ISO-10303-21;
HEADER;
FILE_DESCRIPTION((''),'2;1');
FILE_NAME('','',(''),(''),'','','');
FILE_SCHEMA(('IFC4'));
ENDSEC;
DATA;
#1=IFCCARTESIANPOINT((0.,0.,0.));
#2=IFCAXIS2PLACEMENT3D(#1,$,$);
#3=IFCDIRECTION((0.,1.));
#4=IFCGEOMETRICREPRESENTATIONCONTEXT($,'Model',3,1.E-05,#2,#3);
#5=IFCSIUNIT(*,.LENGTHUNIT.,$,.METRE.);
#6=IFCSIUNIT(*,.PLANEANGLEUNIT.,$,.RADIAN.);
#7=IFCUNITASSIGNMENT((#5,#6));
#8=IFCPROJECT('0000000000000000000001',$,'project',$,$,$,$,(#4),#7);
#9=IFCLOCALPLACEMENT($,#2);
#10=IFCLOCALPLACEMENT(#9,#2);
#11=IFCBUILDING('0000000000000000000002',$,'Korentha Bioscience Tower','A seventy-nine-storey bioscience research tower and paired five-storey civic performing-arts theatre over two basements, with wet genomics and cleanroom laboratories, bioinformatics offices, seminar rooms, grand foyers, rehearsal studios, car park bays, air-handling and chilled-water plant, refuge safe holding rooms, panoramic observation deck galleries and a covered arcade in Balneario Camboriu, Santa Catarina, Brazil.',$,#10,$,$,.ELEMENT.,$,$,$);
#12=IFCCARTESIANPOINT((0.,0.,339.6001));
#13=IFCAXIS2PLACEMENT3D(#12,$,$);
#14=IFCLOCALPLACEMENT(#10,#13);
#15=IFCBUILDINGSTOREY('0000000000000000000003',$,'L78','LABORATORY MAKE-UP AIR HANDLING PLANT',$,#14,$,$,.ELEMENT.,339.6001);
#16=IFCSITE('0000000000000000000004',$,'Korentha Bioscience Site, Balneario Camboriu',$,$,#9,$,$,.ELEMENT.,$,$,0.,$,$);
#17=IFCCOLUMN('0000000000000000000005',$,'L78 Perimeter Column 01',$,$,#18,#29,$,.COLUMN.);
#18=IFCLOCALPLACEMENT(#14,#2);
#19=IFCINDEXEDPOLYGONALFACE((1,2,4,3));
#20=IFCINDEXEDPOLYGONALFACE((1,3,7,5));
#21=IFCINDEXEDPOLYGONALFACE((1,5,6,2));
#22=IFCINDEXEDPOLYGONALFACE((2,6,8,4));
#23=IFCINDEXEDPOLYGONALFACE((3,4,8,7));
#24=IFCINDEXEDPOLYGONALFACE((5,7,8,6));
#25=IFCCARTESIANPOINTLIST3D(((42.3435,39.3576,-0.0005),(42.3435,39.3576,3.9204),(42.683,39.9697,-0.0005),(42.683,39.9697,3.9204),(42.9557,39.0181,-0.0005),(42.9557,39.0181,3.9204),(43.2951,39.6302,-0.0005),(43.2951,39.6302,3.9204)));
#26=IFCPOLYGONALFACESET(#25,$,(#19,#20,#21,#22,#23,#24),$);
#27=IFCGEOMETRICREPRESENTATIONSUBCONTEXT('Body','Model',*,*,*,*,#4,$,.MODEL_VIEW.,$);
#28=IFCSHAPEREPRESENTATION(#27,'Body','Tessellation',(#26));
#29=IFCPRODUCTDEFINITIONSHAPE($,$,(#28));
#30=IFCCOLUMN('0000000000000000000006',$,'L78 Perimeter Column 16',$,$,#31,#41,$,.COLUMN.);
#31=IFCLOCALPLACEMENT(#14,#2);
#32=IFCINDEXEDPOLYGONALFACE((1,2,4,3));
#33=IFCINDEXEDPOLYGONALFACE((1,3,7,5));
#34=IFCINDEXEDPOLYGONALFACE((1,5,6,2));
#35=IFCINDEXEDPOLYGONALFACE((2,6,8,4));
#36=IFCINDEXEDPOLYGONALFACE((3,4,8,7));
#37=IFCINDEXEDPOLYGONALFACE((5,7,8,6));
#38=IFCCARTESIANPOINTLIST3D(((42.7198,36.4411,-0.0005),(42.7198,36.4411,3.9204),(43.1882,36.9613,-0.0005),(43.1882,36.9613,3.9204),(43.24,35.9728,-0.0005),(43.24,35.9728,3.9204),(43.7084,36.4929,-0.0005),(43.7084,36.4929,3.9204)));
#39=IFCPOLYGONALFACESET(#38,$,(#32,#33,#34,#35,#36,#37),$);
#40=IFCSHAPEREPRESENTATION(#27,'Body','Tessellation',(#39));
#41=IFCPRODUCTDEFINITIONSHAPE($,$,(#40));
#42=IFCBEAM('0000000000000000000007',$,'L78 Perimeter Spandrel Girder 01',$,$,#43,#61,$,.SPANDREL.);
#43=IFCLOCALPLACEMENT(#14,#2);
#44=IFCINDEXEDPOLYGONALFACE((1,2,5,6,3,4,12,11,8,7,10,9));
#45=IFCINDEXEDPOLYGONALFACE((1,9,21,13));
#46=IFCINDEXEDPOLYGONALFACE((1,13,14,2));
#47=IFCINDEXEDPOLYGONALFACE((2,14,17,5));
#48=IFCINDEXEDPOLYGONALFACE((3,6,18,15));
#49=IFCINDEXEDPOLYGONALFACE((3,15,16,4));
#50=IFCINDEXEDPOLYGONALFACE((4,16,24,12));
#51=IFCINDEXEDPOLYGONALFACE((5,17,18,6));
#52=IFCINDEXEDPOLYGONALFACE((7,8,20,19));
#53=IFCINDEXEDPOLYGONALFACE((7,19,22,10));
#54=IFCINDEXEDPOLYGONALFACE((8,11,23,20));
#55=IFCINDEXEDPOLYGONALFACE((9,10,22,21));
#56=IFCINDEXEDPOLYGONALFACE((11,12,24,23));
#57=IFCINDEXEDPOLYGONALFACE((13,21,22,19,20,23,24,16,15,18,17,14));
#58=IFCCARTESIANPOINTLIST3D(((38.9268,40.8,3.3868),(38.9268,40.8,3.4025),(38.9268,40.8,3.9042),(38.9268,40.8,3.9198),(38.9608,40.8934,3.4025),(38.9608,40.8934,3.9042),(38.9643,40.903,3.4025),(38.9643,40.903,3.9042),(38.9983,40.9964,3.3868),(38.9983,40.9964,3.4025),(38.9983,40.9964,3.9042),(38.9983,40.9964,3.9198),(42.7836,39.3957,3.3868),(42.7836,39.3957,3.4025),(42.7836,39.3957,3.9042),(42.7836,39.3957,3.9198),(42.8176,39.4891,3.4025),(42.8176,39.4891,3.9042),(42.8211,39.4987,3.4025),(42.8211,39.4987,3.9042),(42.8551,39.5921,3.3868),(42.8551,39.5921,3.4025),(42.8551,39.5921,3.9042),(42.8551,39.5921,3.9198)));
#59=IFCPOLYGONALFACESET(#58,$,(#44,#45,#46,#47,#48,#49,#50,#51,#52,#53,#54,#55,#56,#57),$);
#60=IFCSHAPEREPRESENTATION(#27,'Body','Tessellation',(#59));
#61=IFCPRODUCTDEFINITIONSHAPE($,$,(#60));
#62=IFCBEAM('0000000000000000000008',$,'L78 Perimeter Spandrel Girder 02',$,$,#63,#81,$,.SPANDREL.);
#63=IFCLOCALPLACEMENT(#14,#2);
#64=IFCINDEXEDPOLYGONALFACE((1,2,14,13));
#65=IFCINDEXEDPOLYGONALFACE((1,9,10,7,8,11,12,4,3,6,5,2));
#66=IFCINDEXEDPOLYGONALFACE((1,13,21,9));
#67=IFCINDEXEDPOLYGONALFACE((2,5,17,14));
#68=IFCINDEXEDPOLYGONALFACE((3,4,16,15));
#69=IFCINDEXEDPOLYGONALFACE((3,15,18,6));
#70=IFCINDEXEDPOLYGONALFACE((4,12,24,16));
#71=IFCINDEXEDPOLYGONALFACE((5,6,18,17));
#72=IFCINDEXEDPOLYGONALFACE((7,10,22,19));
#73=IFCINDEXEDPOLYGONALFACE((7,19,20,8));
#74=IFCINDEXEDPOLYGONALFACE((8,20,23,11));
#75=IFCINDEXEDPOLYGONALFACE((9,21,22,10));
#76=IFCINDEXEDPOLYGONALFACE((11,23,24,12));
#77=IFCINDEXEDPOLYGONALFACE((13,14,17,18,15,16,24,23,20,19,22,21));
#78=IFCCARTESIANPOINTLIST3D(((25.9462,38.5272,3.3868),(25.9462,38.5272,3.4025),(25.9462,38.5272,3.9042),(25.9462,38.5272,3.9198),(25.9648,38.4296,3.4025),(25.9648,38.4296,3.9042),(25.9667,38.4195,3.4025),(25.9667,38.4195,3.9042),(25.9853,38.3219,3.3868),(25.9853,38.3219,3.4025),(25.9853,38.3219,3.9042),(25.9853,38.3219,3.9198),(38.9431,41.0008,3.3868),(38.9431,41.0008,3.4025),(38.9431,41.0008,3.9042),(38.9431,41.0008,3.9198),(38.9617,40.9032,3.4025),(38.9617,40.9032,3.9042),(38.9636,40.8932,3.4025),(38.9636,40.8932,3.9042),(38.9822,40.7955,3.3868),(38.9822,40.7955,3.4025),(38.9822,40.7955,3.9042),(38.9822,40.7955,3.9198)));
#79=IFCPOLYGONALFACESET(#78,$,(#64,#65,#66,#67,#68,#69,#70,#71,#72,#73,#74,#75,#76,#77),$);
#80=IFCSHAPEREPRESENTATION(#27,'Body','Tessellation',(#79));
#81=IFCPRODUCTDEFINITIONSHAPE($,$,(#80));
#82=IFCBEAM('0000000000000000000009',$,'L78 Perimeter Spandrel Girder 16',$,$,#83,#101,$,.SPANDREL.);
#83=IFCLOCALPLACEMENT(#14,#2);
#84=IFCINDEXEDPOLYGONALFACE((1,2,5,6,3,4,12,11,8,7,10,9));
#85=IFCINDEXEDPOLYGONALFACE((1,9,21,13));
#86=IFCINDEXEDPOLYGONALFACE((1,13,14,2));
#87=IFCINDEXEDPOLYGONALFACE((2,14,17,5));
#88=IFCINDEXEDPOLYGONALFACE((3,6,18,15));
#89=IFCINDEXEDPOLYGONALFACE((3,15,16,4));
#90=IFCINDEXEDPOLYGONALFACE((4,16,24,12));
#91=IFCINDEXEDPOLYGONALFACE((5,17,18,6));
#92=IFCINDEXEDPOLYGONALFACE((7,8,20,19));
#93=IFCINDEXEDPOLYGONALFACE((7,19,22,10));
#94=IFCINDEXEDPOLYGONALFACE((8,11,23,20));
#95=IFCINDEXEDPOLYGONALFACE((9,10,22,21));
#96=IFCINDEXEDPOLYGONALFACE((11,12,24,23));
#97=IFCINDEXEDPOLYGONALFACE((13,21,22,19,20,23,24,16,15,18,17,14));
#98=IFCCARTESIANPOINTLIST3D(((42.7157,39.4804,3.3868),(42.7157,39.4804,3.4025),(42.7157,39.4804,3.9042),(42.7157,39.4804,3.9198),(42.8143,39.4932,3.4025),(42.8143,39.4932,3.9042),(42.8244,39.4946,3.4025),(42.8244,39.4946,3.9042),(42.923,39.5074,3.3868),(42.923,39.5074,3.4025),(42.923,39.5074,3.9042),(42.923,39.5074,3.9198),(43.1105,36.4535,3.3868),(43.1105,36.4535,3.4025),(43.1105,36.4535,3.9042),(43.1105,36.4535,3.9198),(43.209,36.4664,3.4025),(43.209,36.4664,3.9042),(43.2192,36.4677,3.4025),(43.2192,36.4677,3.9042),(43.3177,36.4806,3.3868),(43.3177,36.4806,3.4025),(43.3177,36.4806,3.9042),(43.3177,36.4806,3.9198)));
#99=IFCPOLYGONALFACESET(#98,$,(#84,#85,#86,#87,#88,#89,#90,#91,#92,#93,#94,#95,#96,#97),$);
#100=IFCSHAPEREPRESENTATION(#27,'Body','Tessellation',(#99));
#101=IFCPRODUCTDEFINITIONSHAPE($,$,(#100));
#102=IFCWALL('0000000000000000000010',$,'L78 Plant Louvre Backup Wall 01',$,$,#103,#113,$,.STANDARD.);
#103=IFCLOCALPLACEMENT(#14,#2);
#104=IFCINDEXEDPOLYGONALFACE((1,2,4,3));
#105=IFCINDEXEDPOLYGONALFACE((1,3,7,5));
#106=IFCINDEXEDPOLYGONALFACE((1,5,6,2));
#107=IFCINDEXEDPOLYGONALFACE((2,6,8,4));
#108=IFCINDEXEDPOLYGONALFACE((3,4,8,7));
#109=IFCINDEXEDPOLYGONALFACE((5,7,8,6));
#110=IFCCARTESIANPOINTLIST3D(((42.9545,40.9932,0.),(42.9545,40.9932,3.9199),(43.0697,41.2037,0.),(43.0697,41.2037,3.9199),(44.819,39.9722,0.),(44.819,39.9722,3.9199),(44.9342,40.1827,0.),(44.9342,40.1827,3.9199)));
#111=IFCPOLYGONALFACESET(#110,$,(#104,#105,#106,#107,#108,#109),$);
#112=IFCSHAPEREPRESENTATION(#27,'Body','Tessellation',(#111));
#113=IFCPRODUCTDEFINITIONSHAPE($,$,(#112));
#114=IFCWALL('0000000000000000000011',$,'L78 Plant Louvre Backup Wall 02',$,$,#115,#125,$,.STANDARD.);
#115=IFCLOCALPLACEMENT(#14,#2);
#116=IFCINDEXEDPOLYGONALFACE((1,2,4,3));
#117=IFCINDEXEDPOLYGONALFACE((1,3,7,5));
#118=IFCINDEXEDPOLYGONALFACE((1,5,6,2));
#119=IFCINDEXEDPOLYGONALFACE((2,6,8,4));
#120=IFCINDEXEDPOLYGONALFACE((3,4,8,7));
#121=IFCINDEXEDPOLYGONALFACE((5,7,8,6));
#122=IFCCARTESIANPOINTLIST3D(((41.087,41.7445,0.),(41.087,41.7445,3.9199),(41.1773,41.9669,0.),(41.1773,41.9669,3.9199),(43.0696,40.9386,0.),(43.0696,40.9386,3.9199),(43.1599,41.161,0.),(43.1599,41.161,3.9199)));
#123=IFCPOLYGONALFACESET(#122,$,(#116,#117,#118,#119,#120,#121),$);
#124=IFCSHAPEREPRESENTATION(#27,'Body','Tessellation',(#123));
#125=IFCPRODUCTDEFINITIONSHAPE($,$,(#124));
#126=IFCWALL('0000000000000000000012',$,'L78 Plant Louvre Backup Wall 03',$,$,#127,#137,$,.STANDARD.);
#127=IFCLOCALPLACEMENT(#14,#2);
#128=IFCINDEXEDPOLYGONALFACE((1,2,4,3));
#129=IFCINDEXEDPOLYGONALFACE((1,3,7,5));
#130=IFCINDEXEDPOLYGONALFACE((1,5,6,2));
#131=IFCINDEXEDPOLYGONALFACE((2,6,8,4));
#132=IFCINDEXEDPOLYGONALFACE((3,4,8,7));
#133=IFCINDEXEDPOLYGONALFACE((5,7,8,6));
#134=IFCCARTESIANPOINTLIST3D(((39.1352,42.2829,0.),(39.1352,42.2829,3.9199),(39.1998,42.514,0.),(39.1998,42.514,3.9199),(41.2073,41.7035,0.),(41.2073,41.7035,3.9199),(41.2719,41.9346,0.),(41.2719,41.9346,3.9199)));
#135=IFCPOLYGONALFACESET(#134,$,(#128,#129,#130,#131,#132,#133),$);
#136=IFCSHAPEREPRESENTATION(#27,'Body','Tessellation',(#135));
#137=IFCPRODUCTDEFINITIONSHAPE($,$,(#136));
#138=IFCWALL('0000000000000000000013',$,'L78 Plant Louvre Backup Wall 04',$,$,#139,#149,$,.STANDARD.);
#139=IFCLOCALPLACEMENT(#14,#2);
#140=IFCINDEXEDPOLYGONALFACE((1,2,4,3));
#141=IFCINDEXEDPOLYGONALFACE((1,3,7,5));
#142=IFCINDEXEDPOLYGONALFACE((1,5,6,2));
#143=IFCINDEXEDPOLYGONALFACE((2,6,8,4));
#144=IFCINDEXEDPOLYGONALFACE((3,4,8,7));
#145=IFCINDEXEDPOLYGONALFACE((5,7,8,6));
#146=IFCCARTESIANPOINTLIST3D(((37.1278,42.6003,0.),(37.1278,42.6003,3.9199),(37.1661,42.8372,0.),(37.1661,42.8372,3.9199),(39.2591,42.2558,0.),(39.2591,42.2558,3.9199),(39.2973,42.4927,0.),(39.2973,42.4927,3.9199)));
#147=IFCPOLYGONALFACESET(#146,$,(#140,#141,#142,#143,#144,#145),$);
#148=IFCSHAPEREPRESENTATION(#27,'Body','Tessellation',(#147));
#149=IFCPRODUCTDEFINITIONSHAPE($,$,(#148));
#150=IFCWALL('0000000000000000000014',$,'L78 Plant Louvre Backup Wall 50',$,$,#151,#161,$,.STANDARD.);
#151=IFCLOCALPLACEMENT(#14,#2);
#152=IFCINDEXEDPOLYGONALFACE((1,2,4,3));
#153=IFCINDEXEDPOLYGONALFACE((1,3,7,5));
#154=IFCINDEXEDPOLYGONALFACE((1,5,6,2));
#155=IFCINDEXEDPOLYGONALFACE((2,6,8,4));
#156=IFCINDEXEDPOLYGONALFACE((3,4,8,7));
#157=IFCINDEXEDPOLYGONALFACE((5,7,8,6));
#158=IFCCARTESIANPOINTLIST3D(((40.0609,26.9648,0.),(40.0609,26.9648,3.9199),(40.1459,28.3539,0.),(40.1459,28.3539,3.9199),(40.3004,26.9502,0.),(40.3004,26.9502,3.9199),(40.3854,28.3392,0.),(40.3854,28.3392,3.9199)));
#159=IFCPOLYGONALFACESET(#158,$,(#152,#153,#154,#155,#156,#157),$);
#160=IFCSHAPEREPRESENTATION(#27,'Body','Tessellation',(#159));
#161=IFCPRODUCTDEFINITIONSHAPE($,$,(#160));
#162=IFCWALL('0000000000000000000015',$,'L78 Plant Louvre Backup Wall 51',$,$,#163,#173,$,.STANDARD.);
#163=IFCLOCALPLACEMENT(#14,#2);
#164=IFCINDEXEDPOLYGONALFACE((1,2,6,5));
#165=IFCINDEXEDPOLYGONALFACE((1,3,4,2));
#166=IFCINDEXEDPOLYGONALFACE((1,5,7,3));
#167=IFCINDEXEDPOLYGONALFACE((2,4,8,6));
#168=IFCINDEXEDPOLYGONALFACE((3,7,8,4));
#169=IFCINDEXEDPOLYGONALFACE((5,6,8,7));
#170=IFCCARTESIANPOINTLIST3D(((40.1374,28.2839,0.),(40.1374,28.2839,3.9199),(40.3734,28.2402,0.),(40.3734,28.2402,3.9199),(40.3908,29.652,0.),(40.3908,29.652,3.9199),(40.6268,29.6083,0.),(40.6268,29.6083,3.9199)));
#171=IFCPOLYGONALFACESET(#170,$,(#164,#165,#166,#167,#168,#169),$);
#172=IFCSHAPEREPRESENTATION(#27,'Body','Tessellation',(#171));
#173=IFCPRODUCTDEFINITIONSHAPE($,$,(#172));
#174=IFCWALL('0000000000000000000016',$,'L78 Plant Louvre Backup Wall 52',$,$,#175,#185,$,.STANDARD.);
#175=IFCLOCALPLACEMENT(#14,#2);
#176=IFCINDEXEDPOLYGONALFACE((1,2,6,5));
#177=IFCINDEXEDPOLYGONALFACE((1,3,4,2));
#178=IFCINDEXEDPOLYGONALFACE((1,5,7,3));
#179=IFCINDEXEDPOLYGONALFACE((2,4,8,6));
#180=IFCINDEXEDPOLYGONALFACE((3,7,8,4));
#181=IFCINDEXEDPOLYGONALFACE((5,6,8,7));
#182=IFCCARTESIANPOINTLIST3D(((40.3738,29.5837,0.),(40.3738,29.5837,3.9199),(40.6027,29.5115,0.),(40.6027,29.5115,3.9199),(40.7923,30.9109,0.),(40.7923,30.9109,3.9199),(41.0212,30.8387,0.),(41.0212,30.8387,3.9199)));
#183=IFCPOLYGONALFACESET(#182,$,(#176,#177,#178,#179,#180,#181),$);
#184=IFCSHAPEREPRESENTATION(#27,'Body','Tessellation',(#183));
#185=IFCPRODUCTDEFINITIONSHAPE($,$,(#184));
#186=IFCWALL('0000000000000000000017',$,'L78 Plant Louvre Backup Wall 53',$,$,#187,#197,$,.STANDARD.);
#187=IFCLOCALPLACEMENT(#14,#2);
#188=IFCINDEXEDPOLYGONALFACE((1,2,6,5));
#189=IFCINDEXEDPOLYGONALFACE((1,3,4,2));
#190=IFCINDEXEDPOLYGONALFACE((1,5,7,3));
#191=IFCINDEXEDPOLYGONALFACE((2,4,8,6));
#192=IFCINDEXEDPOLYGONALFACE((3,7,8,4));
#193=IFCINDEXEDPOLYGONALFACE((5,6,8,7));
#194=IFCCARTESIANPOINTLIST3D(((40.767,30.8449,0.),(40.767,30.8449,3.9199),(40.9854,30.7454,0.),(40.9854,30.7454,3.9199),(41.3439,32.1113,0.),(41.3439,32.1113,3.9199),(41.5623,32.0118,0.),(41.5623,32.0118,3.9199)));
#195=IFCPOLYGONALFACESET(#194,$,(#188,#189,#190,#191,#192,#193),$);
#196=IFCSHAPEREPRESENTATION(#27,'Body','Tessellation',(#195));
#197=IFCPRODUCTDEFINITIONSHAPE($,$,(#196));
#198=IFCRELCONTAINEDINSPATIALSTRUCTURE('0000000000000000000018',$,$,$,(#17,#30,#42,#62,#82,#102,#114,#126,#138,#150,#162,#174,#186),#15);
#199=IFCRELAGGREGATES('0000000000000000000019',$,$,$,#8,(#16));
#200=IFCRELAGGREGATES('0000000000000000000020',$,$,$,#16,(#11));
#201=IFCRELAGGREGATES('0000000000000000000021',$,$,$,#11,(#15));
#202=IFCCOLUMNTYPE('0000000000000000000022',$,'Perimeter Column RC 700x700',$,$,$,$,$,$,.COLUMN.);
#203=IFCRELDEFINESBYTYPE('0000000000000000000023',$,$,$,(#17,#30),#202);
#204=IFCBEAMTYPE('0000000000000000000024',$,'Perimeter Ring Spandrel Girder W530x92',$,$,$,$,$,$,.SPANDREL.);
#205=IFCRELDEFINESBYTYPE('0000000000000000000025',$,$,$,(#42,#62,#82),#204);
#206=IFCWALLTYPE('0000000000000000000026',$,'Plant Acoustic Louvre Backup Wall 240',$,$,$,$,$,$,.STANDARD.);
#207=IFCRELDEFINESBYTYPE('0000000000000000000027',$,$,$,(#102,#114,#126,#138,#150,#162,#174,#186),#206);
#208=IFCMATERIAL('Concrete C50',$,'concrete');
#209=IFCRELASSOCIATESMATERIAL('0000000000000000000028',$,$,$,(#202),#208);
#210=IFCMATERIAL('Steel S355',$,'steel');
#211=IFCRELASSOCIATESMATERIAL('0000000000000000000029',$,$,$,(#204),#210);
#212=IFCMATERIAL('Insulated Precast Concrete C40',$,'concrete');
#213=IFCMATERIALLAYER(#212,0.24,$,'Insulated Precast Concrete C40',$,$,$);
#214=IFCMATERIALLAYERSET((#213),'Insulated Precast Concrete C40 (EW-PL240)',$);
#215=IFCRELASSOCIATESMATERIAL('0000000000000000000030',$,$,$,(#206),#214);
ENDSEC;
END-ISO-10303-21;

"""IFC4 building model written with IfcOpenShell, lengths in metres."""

from ifc_helpers import new_model, si_unit, direction, frame, frame_2d, origin, origin_2d, place, context, subcontext, project, spatial, rectangle, i_section, extrude, material, layer, layer_set, material_profile, profile_set, type_object, element, save


model = new_model("IFC4")

# Units and contexts
model_context = context("Model", 3, precision=1e-05, world=origin(), true_north=direction((0.0, 1.0)))
body_context = subcontext(model_context, "Body", "Model", "MODEL_VIEW")
ifc_project = project(units=[si_unit("LENGTHUNIT", "METRE"), si_unit("PLANEANGLEUNIT", "RADIAN")], contexts=[model_context])

# Site, building, storey
site_placement = place(None, origin())
site = spatial("IfcSite", under=ifc_project, at=site_placement, Name="Korentha Bioscience Site, Balneario Camboriu", CompositionType="ELEMENT", RefElevation=0.0)
building_placement = place(site_placement, origin())
building = spatial("IfcBuilding", under=site, at=building_placement, Name="Korentha Bioscience Tower", Description="A seventy-nine-storey bioscience research tower and paired five-storey civic performing-arts theatre over two basements, with wet genomics and cleanroom laboratories, bioinformatics offices, seminar rooms, grand foyers, rehearsal studios, car park bays, air-handling and chilled-water plant, refuge safe holding rooms, panoramic observation deck galleries and a covered arcade in Balneario Camboriu, Santa Catarina, Brazil.", CompositionType="ELEMENT")
storey_placement = place(building_placement, frame((0.0, 0.0, 339.6001)))
storey = spatial("IfcBuildingStorey", under=building, at=storey_placement, Name="L78", Description="LABORATORY MAKE-UP AIR HANDLING PLANT", CompositionType="ELEMENT", Elevation=339.6001)

# Columns
ifc_material_1 = material(Name="Concrete C50", Category="concrete")
ifc_material_profile_1 = material_profile(ifc_material_1, rectangle(XDim=0.7, YDim=0.7, at=origin_2d()), Name="Concrete C50")
ifc_profile_set_1 = profile_set([ifc_material_profile_1], Name="Concrete C50 (COL-P07)")
column_type = type_object("IfcColumnType", Name="Perimeter Column RC 700x700", PredefinedType="COLUMN", material=ifc_profile_set_1)
for number, where, z_axis, x_axis, name in (
    (1, (42.8193, 39.4939, -0.0005), (0.0, 0.0, 1.0), (-0.874535, 0.484962, 0.0), "L78 Perimeter Column 01"),
    (2, (43.2141, 36.467, -0.0005), (0.0, 0.0, 1.0), (0.669131, 0.743145, 0.0), "L78 Perimeter Column 16"),
):
    element("IfcColumn", number, at=place(storey_placement, frame(where, z_axis=z_axis, x_axis=x_axis)), inside=storey, type_object=column_type, Name=name, PredefinedType="COLUMN", context=body_context, shape_type="SweptSolid", body=[
        extrude(rectangle(XDim=0.7, YDim=0.7, at=origin_2d()), origin(), (0.0, 0.0, 1.0), 3.9209),
    ])

# Beams
ifc_material_2 = material(Name="Steel S355", Category="steel")
ifc_material_profile_2 = material_profile(ifc_material_2, i_section(OverallWidth=0.209, OverallDepth=0.533, WebThickness=0.0103, FlangeThickness=0.0156, at=origin_2d()), Name="Steel S355")
ifc_profile_set_2 = profile_set([ifc_material_profile_2], Name="Steel S355 (SB-530)")
beam_type = type_object("IfcBeamType", Name="Perimeter Ring Spandrel Girder W530x92", PredefinedType="SPANDREL", material=ifc_profile_set_2)
beam_1_placement = place(storey_placement, frame((42.8193, 39.4939, 3.6533), z_axis=(-0.939647, 0.342144, 0.0), x_axis=(-0.342144, -0.939647, 0.0)))
element("IfcBeam", 3, at=beam_1_placement, inside=storey, type_object=beam_type, Name="L78 Perimeter Spandrel Girder 01", PredefinedType="SPANDREL", context=body_context, shape_type="SweptSolid", body=[
    extrude(i_section(OverallWidth=0.209, OverallDepth=0.533, WebThickness=0.0103, FlangeThickness=0.0156, at=origin_2d()), origin(), (0.0, 0.0, 1.0), 4.1045),
])
beam_2_placement = place(storey_placement, frame((38.9626, 40.8982, 3.6533), z_axis=(-0.982366, -0.18697, 0.0), x_axis=(0.18697, -0.982366, 0.0)))
element("IfcBeam", 4, at=beam_2_placement, inside=storey, type_object=beam_type, Name="L78 Perimeter Spandrel Girder 02", PredefinedType="SPANDREL", context=body_context, shape_type="SweptSolid", body=[
    extrude(i_section(OverallWidth=0.209, OverallDepth=0.533, WebThickness=0.0103, FlangeThickness=0.0156, at=origin_2d()), origin(), (0.0, 0.0, 1.0), 13.2302),
])
beam_3_placement = place(storey_placement, frame((43.2141, 36.467, 3.6533), z_axis=(-0.129329, 0.991602, 0.0), x_axis=(-0.991602, -0.129329, 0.0)))
element("IfcBeam", 5, at=beam_3_placement, inside=storey, type_object=beam_type, Name="L78 Perimeter Spandrel Girder 16", PredefinedType="SPANDREL", context=body_context, shape_type="SweptSolid", body=[
    extrude(i_section(OverallWidth=0.209, OverallDepth=0.533, WebThickness=0.0103, FlangeThickness=0.0156, at=origin_2d()), origin(), (0.0, 0.0, 1.0), 3.0525),
])

# Walls
ifc_material_3 = material(Name="Insulated Precast Concrete C40", Category="concrete")
ifc_layer_1 = layer(ifc_material_3, 0.24, Name="Insulated Precast Concrete C40")
ifc_layer_set_1 = layer_set([ifc_layer_1], Name="Insulated Precast Concrete C40 (EW-PL240)")
wall_type = type_object("IfcWallType", Name="Plant Acoustic Louvre Backup Wall 240", PredefinedType="STANDARD", material=ifc_layer_set_1)
wall_1_placement = place(storey_placement, frame((44.8767, 40.0774, 0.0), z_axis=(0.0, 0.0, 1.0), x_axis=(-0.877104, 0.4803, 0.0)))
element("IfcWall", 6, at=wall_1_placement, inside=storey, type_object=wall_type, Name="L78 Plant Louvre Backup Wall 01", PredefinedType="STANDARD", context=body_context, shape_type="SweptSolid", body=[
    extrude(rectangle(XDim=2.1257, YDim=0.24, at=frame_2d((1.063, 0.0))), origin(), (0.0, 0.0, 1.0), 3.9199),
])
wall_2_placement = place(storey_placement, frame((43.1147, 41.0498, 0.0), z_axis=(0.0, 0.0, 1.0), x_axis=(-0.926393, 0.376558, 0.0)))
element("IfcWall", 7, at=wall_2_placement, inside=storey, type_object=wall_type, Name="L78 Plant Louvre Backup Wall 02", PredefinedType="STANDARD", context=body_context, shape_type="SweptSolid", body=[
    extrude(rectangle(XDim=2.1401, YDim=0.24, at=frame_2d((1.0701, 0.0))), origin(), (0.0, 0.0, 1.0), 3.9199),
])
wall_3_placement = place(storey_placement, frame((41.2395, 41.8191, 0.0), z_axis=(0.0, 0.0, 1.0), x_axis=(-0.963063, 0.269276, 0.0)))
element("IfcWall", 8, at=wall_3_placement, inside=storey, type_object=wall_type, Name="L78 Plant Louvre Backup Wall 03", PredefinedType="STANDARD", context=body_context, shape_type="SweptSolid", body=[
    extrude(rectangle(XDim=2.1516, YDim=0.24, at=frame_2d((1.0757, 0.0))), origin(), (0.0, 0.0, 1.0), 3.9199),
])
wall_4_placement = place(storey_placement, frame((39.2783, 42.3743, 0.0), z_axis=(0.0, 0.0, 1.0), x_axis=(-0.987189, 0.159556, 0.0)))
element("IfcWall", 9, at=wall_4_placement, inside=storey, type_object=wall_type, Name="L78 Plant Louvre Backup Wall 04", PredefinedType="STANDARD", context=body_context, shape_type="SweptSolid", body=[
    extrude(rectangle(XDim=2.1589, YDim=0.24, at=frame_2d((1.0796, 0.0))), origin(), (0.0, 0.0, 1.0), 3.9199),
])
wall_5_placement = place(storey_placement, frame((40.1807, 26.9575, 0.0), z_axis=(0.0, 0.0, 1.0), x_axis=(0.061057, 0.998134, 0.0)))
element("IfcWall", 10, at=wall_5_placement, inside=storey, type_object=wall_type, Name="L78 Plant Louvre Backup Wall 50", PredefinedType="STANDARD", context=body_context, shape_type="SweptSolid", body=[
    extrude(rectangle(XDim=1.3916, YDim=0.24, at=frame_2d((0.6958, 0.0))), origin(), (0.0, 0.0, 1.0), 3.9199),
])
wall_6_placement = place(storey_placement, frame((40.2554, 28.262, 0.0), z_axis=(0.0, 0.0, 1.0), x_axis=(0.182127, 0.983275, 0.0)))
element("IfcWall", 11, at=wall_6_placement, inside=storey, type_object=wall_type, Name="L78 Plant Louvre Backup Wall 51", PredefinedType="STANDARD", context=body_context, shape_type="SweptSolid", body=[
    extrude(rectangle(XDim=1.3914, YDim=0.24, at=frame_2d((0.6958, 0.0))), origin(), (0.0, 0.0, 1.0), 3.9199),
])
for number, where, z_axis, x_axis, name in (
    (12, (40.4883, 29.5476, 0.0), (0.0, 0.0, 1.0), (0.300712, 0.953715, 0.0), "L78 Plant Louvre Backup Wall 52"),
    (13, (40.8762, 30.7952, 0.0), (0.0, 0.0, 1.0), (0.414569, 0.910018, 0.0), "L78 Plant Louvre Backup Wall 53"),
):
    element("IfcWall", number, at=place(storey_placement, frame(where, z_axis=z_axis, x_axis=x_axis)), inside=storey, type_object=wall_type, Name=name, PredefinedType="STANDARD", context=body_context, shape_type="SweptSolid", body=[
        extrude(rectangle(XDim=1.3916, YDim=0.24, at=frame_2d((0.6958, 0.0))), origin(), (0.0, 0.0, 1.0), 3.9199),
    ])

save(model, "model.ifc")
